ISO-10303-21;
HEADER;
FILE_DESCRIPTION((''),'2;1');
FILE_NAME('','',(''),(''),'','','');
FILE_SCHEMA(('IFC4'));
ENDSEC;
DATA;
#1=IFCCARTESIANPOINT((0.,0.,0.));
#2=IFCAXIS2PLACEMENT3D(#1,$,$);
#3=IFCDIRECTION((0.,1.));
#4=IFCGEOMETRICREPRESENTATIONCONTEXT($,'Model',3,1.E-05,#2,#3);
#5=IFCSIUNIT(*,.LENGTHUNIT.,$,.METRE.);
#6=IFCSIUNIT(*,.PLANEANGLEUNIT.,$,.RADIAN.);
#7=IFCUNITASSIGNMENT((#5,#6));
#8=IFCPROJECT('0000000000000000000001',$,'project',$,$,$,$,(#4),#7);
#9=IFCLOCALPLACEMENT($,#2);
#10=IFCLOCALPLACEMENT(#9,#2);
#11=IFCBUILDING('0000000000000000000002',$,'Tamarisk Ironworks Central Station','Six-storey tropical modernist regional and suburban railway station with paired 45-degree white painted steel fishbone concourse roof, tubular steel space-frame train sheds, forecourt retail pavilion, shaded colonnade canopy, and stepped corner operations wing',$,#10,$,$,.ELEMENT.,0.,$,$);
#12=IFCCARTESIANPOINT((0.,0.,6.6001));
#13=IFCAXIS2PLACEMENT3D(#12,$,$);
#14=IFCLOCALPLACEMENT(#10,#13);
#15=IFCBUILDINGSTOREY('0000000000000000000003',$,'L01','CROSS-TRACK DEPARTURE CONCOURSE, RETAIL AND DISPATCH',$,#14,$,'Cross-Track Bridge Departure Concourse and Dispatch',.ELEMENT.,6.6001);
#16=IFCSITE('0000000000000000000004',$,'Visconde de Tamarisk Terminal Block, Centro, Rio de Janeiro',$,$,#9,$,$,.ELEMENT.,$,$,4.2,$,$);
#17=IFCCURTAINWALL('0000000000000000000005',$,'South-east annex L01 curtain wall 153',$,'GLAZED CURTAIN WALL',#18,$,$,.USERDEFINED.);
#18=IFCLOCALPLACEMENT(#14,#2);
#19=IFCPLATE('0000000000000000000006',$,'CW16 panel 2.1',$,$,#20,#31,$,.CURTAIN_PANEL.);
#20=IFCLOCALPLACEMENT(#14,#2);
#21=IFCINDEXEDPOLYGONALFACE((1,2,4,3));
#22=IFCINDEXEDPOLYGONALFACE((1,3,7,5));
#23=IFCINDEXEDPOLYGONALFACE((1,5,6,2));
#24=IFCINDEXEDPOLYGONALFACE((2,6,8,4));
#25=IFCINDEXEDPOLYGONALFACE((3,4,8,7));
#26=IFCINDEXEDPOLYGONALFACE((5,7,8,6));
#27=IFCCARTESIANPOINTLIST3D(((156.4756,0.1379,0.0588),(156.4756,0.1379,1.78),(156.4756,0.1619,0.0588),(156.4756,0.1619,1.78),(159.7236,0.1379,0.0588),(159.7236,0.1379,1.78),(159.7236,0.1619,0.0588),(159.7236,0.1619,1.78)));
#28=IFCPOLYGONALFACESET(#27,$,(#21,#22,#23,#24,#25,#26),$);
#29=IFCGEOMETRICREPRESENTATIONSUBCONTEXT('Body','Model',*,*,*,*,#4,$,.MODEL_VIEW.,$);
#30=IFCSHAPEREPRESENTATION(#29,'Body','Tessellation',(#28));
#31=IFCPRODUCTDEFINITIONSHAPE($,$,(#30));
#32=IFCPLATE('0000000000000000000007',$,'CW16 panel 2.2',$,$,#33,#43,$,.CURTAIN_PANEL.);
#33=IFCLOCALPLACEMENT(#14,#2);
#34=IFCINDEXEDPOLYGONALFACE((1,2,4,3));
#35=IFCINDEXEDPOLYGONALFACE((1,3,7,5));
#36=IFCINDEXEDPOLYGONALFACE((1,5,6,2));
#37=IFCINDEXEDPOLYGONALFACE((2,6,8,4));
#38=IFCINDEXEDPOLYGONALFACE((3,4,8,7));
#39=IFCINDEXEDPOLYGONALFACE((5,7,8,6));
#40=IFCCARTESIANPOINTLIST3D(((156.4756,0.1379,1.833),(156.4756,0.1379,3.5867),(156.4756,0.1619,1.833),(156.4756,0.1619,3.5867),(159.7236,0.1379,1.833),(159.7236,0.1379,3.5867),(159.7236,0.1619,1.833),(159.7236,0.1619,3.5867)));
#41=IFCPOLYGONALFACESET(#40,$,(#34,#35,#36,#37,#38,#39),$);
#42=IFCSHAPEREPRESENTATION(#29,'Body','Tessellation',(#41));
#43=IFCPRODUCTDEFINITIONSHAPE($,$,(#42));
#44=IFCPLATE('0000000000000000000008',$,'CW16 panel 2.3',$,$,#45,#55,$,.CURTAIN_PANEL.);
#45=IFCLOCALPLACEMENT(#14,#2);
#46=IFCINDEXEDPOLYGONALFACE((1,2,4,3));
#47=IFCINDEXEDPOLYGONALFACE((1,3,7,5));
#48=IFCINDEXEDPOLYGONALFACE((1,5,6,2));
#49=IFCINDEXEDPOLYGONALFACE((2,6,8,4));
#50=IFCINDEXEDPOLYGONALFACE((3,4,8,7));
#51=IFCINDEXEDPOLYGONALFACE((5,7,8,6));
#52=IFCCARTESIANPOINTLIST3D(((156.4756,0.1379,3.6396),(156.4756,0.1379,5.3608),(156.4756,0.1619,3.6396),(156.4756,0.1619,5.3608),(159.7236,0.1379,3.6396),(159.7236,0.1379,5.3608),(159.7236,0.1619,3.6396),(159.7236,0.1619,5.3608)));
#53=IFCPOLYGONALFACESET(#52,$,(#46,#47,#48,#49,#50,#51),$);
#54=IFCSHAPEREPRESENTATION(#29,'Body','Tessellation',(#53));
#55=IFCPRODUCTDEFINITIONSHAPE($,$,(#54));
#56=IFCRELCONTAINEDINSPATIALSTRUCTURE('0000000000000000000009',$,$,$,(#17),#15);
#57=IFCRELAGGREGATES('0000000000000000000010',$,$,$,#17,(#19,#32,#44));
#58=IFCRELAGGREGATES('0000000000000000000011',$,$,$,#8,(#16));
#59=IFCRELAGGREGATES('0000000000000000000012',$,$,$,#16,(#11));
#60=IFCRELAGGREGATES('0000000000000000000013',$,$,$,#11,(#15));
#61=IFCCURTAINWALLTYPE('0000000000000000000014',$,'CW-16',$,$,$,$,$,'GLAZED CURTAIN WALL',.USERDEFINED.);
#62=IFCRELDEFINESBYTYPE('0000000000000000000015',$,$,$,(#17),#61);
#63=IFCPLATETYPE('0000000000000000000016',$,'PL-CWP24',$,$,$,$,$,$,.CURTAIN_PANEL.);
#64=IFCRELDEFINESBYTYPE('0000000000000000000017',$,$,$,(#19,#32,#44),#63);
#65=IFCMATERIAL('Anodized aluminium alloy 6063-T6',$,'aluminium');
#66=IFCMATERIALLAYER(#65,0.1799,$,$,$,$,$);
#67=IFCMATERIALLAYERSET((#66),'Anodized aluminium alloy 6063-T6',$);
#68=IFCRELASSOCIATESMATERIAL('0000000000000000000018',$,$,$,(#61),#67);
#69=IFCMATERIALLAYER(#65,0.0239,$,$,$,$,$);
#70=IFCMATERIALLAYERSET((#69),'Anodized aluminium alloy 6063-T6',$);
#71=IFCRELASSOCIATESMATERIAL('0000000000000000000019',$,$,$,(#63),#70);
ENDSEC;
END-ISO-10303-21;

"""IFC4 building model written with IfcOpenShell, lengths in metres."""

from ifc_helpers import new_model, si_unit, direction, frame, origin, origin_2d, place, context, subcontext, project, spatial, rectangle, extrude, material, layer, layer_set, type_object, element, aggregate, save


model = new_model("IFC4")

# Units and contexts
model_context = context("Model", 3, precision=1e-05, world=origin(), true_north=direction((0.0, 1.0)))
body_context = subcontext(model_context, "Body", "Model", "MODEL_VIEW")
ifc_project = project(units=[si_unit("LENGTHUNIT", "METRE"), si_unit("PLANEANGLEUNIT", "RADIAN")], contexts=[model_context])

# Site, building, storey
site_placement = place(None, origin())
site = spatial("IfcSite", under=ifc_project, at=site_placement, Name="Visconde de Tamarisk Terminal Block, Centro, Rio de Janeiro", CompositionType="ELEMENT", RefElevation=4.2)
building_placement = place(site_placement, origin())
building = spatial("IfcBuilding", under=site, at=building_placement, Name="Tamarisk Ironworks Central Station", Description="Six-storey tropical modernist regional and suburban railway station with paired 45-degree white painted steel fishbone concourse roof, tubular steel space-frame train sheds, forecourt retail pavilion, shaded colonnade canopy, and stepped corner operations wing", CompositionType="ELEMENT", ElevationOfRefHeight=0.0)
storey_placement = place(building_placement, frame((0.0, 0.0, 6.6001)))
storey = spatial("IfcBuildingStorey", under=building, at=storey_placement, Name="L01", Description="CROSS-TRACK DEPARTURE CONCOURSE, RETAIL AND DISPATCH", LongName="Cross-Track Bridge Departure Concourse and Dispatch", CompositionType="ELEMENT", Elevation=6.6001)

# Shared definitions
ifc_material_1 = material(Name="Anodized aluminium alloy 6063-T6", Category="aluminium")
ifc_layer_1 = layer(ifc_material_1, 0.1799)
ifc_layer_set_1 = layer_set([ifc_layer_1], Name="Anodized aluminium alloy 6063-T6")
curtain_wall_type = type_object("IfcCurtainWallType", Name="CW-16", ElementType="GLAZED CURTAIN WALL", PredefinedType="USERDEFINED", material=ifc_layer_set_1)

# Curtain wall, plates
curtain_wall_1_placement = place(storey_placement, origin())
curtain_wall_1 = element("IfcCurtainWall", 1, at=curtain_wall_1_placement, inside=storey, type_object=curtain_wall_type, Name="South-east annex L01 curtain wall 153", ObjectType="GLAZED CURTAIN WALL", PredefinedType="USERDEFINED")
ifc_layer_2 = layer(ifc_material_1, 0.0239)
ifc_layer_set_2 = layer_set([ifc_layer_2], Name="Anodized aluminium alloy 6063-T6")
plate_type = type_object("IfcPlateType", Name="PL-CWP24", PredefinedType="CURTAIN_PANEL", material=ifc_layer_set_2)
plate_1_placement = place(storey_placement, frame((158.0996, 0.1499, 0.0588), z_axis=(0.0, 0.0, 1.0), x_axis=(1.0, 0.0, 0.0)))
plate_1 = element("IfcPlate", 2, at=plate_1_placement, type_object=plate_type, Name="CW16 panel 2.1", PredefinedType="CURTAIN_PANEL", context=body_context, shape_type="SweptSolid", body=[
    extrude(rectangle(XDim=3.248, YDim=0.0239, at=origin_2d()), origin(), (0.0, 0.0, 1.0), 1.7212),
])
plate_2_placement = place(storey_placement, frame((158.0996, 0.1499, 1.833), z_axis=(0.0, 0.0, 1.0), x_axis=(1.0, 0.0, 0.0)))
plate_2 = element("IfcPlate", 3, at=plate_2_placement, type_object=plate_type, Name="CW16 panel 2.2", PredefinedType="CURTAIN_PANEL", context=body_context, shape_type="SweptSolid", body=[
    extrude(rectangle(XDim=3.248, YDim=0.0239, at=origin_2d()), origin(), (0.0, 0.0, 1.0), 1.7537),
])
plate_3_placement = place(storey_placement, frame((158.0996, 0.1499, 3.6396), z_axis=(0.0, 0.0, 1.0), x_axis=(1.0, 0.0, 0.0)))
plate_3 = element("IfcPlate", 4, at=plate_3_placement, type_object=plate_type, Name="CW16 panel 2.3", PredefinedType="CURTAIN_PANEL", context=body_context, shape_type="SweptSolid", body=[
    extrude(rectangle(XDim=3.248, YDim=0.0239, at=origin_2d()), origin(), (0.0, 0.0, 1.0), 1.7212),
])
aggregate(curtain_wall_1, [plate_1, plate_2, plate_3])

save(model, "model.ifc")
